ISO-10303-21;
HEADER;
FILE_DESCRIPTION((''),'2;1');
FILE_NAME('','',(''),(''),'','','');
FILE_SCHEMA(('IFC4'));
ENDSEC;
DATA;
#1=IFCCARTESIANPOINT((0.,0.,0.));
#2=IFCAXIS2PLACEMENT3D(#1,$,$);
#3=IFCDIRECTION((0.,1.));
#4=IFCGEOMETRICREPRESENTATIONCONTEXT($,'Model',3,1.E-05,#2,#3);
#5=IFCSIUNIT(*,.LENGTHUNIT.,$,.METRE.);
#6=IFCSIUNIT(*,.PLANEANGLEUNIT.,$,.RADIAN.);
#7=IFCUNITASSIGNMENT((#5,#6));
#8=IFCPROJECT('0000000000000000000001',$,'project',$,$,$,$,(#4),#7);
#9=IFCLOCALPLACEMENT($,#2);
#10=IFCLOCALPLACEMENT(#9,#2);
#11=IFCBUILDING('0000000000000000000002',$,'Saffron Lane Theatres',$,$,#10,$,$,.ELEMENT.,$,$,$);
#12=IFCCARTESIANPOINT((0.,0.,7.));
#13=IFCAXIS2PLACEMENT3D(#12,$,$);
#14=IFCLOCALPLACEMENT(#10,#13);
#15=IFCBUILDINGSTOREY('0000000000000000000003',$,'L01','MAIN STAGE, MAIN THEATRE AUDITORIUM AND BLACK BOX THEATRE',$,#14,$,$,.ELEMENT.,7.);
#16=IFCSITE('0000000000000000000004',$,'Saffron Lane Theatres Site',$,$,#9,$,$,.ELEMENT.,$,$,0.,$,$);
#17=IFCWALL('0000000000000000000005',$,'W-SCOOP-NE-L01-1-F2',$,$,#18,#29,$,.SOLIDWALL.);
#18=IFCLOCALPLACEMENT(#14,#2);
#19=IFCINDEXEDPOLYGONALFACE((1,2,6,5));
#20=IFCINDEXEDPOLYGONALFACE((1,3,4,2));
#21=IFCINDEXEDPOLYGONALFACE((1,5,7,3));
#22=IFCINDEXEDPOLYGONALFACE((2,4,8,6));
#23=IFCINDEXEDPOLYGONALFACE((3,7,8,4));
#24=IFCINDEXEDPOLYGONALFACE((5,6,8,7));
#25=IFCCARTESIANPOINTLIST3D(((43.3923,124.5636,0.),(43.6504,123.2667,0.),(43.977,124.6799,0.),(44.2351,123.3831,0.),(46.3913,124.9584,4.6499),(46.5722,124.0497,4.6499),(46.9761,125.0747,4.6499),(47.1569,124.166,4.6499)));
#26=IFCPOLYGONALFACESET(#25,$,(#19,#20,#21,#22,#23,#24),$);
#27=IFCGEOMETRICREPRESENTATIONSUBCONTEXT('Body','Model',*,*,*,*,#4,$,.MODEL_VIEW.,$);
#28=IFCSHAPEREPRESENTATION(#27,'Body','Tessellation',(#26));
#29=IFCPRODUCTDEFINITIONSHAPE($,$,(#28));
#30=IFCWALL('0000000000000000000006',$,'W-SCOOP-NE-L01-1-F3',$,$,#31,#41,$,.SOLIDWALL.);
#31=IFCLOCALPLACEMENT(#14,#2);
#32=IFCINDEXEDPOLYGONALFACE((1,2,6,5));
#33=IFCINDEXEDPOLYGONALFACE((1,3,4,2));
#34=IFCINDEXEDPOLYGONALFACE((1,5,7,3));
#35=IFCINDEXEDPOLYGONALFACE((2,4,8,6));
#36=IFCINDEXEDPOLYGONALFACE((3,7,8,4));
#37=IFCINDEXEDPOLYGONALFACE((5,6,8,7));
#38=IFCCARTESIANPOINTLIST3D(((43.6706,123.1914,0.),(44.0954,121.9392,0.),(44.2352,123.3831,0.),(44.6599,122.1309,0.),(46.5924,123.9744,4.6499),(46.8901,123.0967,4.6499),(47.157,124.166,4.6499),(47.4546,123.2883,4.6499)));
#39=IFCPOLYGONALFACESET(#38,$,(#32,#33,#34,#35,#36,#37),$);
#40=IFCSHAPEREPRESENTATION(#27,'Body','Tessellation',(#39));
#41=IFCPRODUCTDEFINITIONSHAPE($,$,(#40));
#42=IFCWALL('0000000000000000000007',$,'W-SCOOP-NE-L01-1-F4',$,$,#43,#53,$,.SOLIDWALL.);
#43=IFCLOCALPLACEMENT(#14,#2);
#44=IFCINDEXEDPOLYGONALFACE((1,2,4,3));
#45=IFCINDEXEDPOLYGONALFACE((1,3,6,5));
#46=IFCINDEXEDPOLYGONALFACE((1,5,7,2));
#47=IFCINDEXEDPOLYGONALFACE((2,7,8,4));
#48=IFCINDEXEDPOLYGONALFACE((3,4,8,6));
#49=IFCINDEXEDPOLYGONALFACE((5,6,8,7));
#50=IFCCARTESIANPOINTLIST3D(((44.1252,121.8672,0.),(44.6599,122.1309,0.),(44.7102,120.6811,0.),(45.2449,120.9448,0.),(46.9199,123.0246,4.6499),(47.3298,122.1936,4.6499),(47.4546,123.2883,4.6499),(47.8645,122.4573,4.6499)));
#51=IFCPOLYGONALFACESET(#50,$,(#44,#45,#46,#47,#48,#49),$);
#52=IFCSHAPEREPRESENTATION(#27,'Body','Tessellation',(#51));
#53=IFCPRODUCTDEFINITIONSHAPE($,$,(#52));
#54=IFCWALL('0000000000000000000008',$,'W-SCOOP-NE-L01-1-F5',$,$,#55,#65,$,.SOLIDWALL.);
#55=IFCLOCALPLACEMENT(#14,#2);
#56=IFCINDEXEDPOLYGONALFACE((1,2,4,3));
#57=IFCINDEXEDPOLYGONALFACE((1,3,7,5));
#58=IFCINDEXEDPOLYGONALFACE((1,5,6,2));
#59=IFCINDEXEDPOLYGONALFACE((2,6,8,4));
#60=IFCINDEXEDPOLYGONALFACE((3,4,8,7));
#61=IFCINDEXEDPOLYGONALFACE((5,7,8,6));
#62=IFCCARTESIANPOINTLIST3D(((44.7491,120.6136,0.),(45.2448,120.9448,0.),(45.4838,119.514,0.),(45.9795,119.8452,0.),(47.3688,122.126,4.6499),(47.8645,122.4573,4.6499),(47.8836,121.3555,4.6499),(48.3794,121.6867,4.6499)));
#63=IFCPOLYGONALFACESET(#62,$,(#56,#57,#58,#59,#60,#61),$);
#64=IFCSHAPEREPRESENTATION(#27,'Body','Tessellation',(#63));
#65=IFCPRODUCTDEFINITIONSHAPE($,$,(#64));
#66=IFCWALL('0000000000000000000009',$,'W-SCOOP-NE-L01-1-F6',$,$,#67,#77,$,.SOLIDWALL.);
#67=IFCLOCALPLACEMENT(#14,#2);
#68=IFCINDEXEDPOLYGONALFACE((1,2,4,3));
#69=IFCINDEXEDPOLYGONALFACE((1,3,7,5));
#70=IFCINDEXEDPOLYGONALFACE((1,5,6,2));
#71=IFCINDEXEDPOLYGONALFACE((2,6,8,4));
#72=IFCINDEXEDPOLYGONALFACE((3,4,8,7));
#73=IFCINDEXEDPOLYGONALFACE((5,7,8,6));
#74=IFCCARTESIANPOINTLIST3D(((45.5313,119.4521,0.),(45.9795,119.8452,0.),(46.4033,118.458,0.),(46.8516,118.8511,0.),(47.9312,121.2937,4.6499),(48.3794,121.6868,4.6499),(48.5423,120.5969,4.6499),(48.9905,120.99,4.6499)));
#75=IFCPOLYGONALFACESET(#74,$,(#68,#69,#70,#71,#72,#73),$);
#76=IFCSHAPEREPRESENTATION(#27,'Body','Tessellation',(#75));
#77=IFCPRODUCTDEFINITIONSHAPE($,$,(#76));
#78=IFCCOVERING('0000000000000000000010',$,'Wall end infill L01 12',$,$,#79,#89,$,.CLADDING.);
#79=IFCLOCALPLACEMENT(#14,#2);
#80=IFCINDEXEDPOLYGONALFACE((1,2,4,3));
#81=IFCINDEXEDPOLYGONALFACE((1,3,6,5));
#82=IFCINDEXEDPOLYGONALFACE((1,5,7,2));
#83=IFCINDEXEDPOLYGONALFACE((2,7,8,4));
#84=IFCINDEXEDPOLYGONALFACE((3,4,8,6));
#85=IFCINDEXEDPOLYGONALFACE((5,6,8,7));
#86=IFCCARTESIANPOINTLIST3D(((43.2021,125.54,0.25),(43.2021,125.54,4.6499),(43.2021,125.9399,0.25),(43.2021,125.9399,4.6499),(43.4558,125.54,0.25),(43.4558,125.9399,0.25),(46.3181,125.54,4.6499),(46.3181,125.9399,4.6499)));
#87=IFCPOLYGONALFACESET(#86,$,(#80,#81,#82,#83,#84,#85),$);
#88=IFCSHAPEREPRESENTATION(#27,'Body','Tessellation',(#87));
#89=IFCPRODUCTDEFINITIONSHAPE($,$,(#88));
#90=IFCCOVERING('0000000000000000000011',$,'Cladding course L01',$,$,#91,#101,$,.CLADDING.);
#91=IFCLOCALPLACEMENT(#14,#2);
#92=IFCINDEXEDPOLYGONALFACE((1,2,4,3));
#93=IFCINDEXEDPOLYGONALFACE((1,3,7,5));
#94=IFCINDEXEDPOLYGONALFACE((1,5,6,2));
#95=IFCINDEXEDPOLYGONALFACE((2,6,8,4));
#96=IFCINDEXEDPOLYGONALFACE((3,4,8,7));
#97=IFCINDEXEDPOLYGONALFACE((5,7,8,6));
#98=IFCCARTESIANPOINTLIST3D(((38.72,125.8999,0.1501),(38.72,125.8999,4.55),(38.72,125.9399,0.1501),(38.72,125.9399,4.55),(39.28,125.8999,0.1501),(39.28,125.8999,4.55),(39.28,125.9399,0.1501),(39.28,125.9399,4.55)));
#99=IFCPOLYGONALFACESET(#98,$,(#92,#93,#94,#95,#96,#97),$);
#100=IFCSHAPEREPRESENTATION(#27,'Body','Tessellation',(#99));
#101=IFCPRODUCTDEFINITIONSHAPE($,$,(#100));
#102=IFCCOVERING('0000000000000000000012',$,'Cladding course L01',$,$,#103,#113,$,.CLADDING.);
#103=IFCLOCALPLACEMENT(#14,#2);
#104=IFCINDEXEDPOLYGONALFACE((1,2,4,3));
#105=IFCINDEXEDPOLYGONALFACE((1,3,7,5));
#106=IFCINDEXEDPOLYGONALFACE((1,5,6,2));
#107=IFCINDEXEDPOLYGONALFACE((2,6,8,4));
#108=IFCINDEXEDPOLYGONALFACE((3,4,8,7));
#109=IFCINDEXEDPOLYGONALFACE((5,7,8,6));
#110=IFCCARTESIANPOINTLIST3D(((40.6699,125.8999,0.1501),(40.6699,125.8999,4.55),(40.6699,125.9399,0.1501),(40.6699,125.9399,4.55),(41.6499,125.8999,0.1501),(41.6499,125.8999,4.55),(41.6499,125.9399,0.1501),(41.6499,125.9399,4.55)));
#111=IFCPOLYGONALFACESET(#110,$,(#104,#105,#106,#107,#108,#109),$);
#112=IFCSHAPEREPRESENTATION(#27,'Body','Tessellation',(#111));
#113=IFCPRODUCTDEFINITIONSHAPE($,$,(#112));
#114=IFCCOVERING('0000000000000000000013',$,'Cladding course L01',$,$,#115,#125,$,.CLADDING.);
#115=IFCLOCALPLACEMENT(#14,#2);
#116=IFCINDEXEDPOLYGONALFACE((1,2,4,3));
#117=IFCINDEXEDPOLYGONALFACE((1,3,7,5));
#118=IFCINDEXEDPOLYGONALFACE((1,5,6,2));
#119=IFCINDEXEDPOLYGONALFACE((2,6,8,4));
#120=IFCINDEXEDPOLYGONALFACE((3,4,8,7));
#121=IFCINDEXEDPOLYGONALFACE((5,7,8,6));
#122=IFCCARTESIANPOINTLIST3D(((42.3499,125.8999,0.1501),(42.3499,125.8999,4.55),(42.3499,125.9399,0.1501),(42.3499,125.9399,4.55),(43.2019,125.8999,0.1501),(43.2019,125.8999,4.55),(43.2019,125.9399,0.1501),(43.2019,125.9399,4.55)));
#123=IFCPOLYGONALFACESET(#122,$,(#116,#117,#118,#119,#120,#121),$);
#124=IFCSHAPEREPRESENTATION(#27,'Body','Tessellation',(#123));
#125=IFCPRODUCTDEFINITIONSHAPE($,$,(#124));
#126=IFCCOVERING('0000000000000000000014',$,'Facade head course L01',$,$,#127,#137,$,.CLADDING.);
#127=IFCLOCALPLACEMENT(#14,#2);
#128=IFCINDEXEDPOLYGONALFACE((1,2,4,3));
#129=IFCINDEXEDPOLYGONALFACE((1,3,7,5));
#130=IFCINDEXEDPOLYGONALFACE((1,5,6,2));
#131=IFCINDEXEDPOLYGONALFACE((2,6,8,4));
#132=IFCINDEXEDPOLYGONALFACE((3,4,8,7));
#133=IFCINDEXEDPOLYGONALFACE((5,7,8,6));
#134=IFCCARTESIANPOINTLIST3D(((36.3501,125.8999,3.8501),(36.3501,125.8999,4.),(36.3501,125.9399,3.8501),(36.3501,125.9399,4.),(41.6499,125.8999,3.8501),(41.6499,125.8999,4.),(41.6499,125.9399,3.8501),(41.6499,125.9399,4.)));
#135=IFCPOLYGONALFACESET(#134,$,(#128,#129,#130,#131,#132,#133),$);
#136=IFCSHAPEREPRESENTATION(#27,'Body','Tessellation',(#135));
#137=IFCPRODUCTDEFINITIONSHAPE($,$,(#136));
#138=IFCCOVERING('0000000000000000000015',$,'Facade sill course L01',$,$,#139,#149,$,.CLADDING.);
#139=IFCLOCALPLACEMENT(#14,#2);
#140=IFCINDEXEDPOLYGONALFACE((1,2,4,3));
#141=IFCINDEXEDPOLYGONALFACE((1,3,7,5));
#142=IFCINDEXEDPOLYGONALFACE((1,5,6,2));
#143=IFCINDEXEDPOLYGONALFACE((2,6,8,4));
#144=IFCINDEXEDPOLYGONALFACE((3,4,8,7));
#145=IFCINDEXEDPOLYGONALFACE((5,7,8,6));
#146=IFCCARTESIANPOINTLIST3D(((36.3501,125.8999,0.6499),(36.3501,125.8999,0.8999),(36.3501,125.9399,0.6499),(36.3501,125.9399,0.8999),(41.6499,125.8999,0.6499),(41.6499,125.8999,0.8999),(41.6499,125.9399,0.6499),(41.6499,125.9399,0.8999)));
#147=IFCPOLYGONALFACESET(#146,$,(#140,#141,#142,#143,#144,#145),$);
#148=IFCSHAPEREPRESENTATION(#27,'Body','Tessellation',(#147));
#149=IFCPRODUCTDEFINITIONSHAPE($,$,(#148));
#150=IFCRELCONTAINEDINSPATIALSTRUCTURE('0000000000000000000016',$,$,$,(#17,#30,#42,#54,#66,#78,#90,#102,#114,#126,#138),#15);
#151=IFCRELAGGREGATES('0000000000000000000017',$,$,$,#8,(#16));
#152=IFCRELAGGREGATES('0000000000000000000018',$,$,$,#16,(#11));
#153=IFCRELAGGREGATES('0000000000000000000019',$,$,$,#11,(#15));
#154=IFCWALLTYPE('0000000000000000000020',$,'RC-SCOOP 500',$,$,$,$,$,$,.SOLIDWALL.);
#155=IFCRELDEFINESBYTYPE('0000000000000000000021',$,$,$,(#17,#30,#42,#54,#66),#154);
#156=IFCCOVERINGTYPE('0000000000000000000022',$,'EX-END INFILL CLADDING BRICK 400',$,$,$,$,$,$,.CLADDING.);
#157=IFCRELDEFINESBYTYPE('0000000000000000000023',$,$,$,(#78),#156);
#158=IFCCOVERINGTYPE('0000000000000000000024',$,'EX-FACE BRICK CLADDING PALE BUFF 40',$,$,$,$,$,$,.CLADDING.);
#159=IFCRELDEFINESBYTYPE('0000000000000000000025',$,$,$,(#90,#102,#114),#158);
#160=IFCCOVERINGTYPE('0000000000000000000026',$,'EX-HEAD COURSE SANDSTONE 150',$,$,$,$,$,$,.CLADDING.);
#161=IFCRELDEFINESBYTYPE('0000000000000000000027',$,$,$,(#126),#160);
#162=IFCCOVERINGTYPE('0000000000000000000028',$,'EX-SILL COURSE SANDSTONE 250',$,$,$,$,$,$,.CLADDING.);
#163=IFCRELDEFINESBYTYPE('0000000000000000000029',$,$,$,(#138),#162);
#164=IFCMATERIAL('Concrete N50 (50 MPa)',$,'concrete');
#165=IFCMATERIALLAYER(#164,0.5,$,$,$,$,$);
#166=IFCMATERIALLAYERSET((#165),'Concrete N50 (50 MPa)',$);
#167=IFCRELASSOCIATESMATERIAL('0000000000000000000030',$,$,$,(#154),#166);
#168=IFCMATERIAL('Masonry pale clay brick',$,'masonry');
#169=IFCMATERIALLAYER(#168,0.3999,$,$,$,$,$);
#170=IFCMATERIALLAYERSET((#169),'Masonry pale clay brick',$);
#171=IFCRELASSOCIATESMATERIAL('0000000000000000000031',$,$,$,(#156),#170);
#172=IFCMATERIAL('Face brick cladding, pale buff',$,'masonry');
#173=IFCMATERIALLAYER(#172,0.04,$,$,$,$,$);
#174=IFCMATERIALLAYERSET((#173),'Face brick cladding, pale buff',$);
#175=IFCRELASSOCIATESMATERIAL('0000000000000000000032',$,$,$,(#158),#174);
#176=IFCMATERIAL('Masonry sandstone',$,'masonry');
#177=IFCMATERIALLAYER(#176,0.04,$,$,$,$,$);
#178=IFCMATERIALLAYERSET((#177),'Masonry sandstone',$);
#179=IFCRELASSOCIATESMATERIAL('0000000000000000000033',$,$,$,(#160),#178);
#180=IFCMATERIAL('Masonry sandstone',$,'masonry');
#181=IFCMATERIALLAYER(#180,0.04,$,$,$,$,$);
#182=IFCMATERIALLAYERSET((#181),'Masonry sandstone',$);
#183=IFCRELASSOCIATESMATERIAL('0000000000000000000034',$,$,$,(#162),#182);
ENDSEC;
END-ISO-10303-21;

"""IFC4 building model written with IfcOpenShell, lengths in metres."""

from ifc_helpers import new_model, si_unit, direction, frame, origin, origin_2d, place, context, subcontext, project, spatial, polyline, rectangle, outline, extrude, material, layer, layer_set, type_object, element, save


model = new_model("IFC4")

# Units and contexts
model_context = context("Model", 3, precision=1e-05, world=origin(), true_north=direction((0.0, 1.0)))
body_context = subcontext(model_context, "Body", "Model", "MODEL_VIEW")
ifc_project = project(units=[si_unit("LENGTHUNIT", "METRE"), si_unit("PLANEANGLEUNIT", "RADIAN")], contexts=[model_context])

# Site, building, storey
site_placement = place(None, origin())
site = spatial("IfcSite", under=ifc_project, at=site_placement, Name="Saffron Lane Theatres Site", CompositionType="ELEMENT", RefElevation=0.0)
building_placement = place(site_placement, origin())
building = spatial("IfcBuilding", under=site, at=building_placement, Name="Saffron Lane Theatres", CompositionType="ELEMENT")
storey_placement = place(building_placement, frame((0.0, 0.0, 7.0)))
storey = spatial("IfcBuildingStorey", under=building, at=storey_placement, Name="L01", Description="MAIN STAGE, MAIN THEATRE AUDITORIUM AND BLACK BOX THEATRE", CompositionType="ELEMENT", Elevation=7.0)

# Walls
ifc_material_1 = material(Name="Concrete N50 (50 MPa)", Category="concrete")
ifc_layer_1 = layer(ifc_material_1, 0.5)
ifc_layer_set_1 = layer_set([ifc_layer_1], Name="Concrete N50 (50 MPa)")
wall_type_1 = type_object("IfcWallType", Name="RC-SCOOP 500", PredefinedType="SOLIDWALL", material=ifc_layer_set_1)
wall_1_placement = place(storey_placement, frame((44.2351, 123.3831, 0.0), z_axis=(-0.822638, -0.163726, 0.544482), x_axis=(-0.195186, 0.980766, 0.000019)))
element("IfcWall", 1, at=wall_1_placement, inside=storey, type_object=wall_type_1, Name="W-SCOOP-NE-L01-1-F2", PredefinedType="SOLIDWALL", context=body_context, shape_type="SweptSolid", body=[
    extrude(outline(polyline([(0.0, 0.0), (1.3223, 0.0), (1.1242, -5.5437), (0.1977, -5.5437), (0.0, 0.0)])), origin(), (0.000097, 0.544482, 0.838772), 0.5962),
])
wall_2_placement = place(storey_placement, frame((44.6599, 122.1309, 0.0), z_axis=(-0.794325, -0.269418, 0.544483), x_axis=(-0.321223, 0.947004, -0.000028)))
element("IfcWall", 2, at=wall_2_placement, inside=storey, type_object=wall_type_1, Name="W-SCOOP-NE-L01-1-F3", PredefinedType="SOLIDWALL", context=body_context, shape_type="SweptSolid", body=[
    extrude(outline(polyline([(0.0, 0.0), (1.3223, 0.0), (1.1251, -5.5437), (0.1983, -5.5437), (0.0, 0.0)])), origin(), (-0.000228, 0.544483, 0.838772), 0.5962),
])
wall_3_placement = place(storey_placement, frame((45.2449, 120.9448, 0.0), z_axis=(-0.752252, -0.371027, 0.544478), x_axis=(-0.442341, 0.896847, 0.000005)))
element("IfcWall", 3, at=wall_3_placement, inside=storey, type_object=wall_type_1, Name="W-SCOOP-NE-L01-1-F4", PredefinedType="SOLIDWALL", context=body_context, shape_type="SweptSolid", body=[
    extrude(outline(polyline([(0.0, 0.0), (1.3224, 0.0), (1.1243, -5.5437), (0.1977, -5.5437), (0.0, 0.0)])), origin(), (0.000058, 0.544478, 0.838775), 0.5962),
])
wall_4_placement = place(storey_placement, frame((45.9795, 119.8452, 0.0), z_axis=(-0.697421, -0.465979, 0.544487), x_axis=(-0.555539, 0.83149, 0.000023)))
element("IfcWall", 4, at=wall_4_placement, inside=storey, type_object=wall_type_1, Name="W-SCOOP-NE-L01-1-F5", PredefinedType="SOLIDWALL", context=body_context, shape_type="SweptSolid", body=[
    extrude(outline(polyline([(0.0, 0.0), (1.3224, 0.0), (1.1248, -5.5437), (0.1981, -5.5438), (0.0, 0.0)])), origin(), (-0.000037, 0.544487, 0.838769), 0.5962),
])
wall_5_placement = place(storey_placement, frame((46.8516, 118.8511, 0.0), z_axis=(-0.630572, -0.553094, 0.544487), x_axis=(-0.659421, 0.751774, -0.000021)))
element("IfcWall", 5, at=wall_5_placement, inside=storey, type_object=wall_type_1, Name="W-SCOOP-NE-L01-1-F6", PredefinedType="SOLIDWALL", context=body_context, shape_type="SweptSolid", body=[
    extrude(outline(polyline([(0.0, 0.0), (1.3224, 0.0), (1.1242, -5.5437), (0.1974, -5.5437), (0.0, 0.0)])), origin(), (0.0001, 0.544487, 0.838769), 0.5962),
])

# Coverings
ifc_material_2 = material(Name="Masonry pale clay brick", Category="masonry")
ifc_layer_2 = layer(ifc_material_2, 0.3999)
ifc_layer_set_2 = layer_set([ifc_layer_2], Name="Masonry pale clay brick")
covering_type_1 = type_object("IfcCoveringType", Name="EX-END INFILL CLADDING BRICK 400", PredefinedType="CLADDING", material=ifc_layer_set_2)
covering_1_placement = place(storey_placement, frame((43.2021, 125.9399, 0.25), z_axis=(0.0, 1.0, 0.0), x_axis=(0.0, 0.0, 1.0)))
element("IfcCovering", 6, at=covering_1_placement, inside=storey, type_object=covering_type_1, Name="Wall end infill L01 12", PredefinedType="CLADDING", context=body_context, shape_type="SweptSolid", body=[
    extrude(outline(polyline([(0.0, 0.0), (4.3999, 0.0), (4.3999, 3.116), (0.0, 0.2537), (0.0, 0.0)])), origin(), (0.0, 0.0, -1.0), 0.3999),
])
ifc_material_3 = material(Name="Face brick cladding, pale buff", Category="masonry")
ifc_layer_3 = layer(ifc_material_3, 0.04)
ifc_layer_set_3 = layer_set([ifc_layer_3], Name="Face brick cladding, pale buff")
covering_type_2 = type_object("IfcCoveringType", Name="EX-FACE BRICK CLADDING PALE BUFF 40", PredefinedType="CLADDING", material=ifc_layer_set_3)
covering_2_placement = place(storey_placement, frame((39.0, 125.9199, 0.1501), z_axis=(0.0, 0.0, 1.0), x_axis=(1.0, 0.0, 0.0)))
element("IfcCovering", 7, at=covering_2_placement, inside=storey, type_object=covering_type_2, Name="Cladding course L01", PredefinedType="CLADDING", context=body_context, shape_type="SweptSolid", body=[
    extrude(rectangle(XDim=0.5601, YDim=0.04, at=origin_2d()), origin(), (0.0, 0.0, 1.0), 4.3999),
])
covering_3_placement = place(storey_placement, frame((41.1599, 125.9199, 0.1501), z_axis=(0.0, 0.0, 1.0), x_axis=(1.0, 0.0, 0.0)))
element("IfcCovering", 8, at=covering_3_placement, inside=storey, type_object=covering_type_2, Name="Cladding course L01", PredefinedType="CLADDING", context=body_context, shape_type="SweptSolid", body=[
    extrude(rectangle(XDim=0.98, YDim=0.04, at=origin_2d()), origin(), (0.0, 0.0, 1.0), 4.3999),
])
covering_4_placement = place(storey_placement, frame((42.7759, 125.9199, 0.1501), z_axis=(0.0, 0.0, 1.0), x_axis=(1.0, 0.0, 0.0)))
element("IfcCovering", 9, at=covering_4_placement, inside=storey, type_object=covering_type_2, Name="Cladding course L01", PredefinedType="CLADDING", context=body_context, shape_type="SweptSolid", body=[
    extrude(rectangle(XDim=0.8521, YDim=0.04, at=origin_2d()), origin(), (0.0, 0.0, 1.0), 4.3999),
])
ifc_material_4 = material(Name="Masonry sandstone", Category="masonry")
ifc_layer_4 = layer(ifc_material_4, 0.04)
ifc_layer_set_4 = layer_set([ifc_layer_4], Name="Masonry sandstone")
covering_type_3 = type_object("IfcCoveringType", Name="EX-HEAD COURSE SANDSTONE 150", PredefinedType="CLADDING", material=ifc_layer_set_4)
covering_5_placement = place(storey_placement, frame((39.0, 125.9199, 3.8501), z_axis=(0.0, 0.0, 1.0), x_axis=(1.0, 0.0, 0.0)))
element("IfcCovering", 10, at=covering_5_placement, inside=storey, type_object=covering_type_3, Name="Facade head course L01", PredefinedType="CLADDING", context=body_context, shape_type="SweptSolid", body=[
    extrude(rectangle(XDim=5.2998, YDim=0.04, at=origin_2d()), origin(), (0.0, 0.0, 1.0), 0.1499),
])
ifc_material_5 = material(Name="Masonry sandstone", Category="masonry")
ifc_layer_5 = layer(ifc_material_5, 0.04)
ifc_layer_set_5 = layer_set([ifc_layer_5], Name="Masonry sandstone")
covering_type_4 = type_object("IfcCoveringType", Name="EX-SILL COURSE SANDSTONE 250", PredefinedType="CLADDING", material=ifc_layer_set_5)
covering_6_placement = place(storey_placement, frame((39.0, 125.9199, 0.6499), z_axis=(0.0, 0.0, 1.0), x_axis=(1.0, 0.0, 0.0)))
element("IfcCovering", 11, at=covering_6_placement, inside=storey, type_object=covering_type_4, Name="Facade sill course L01", PredefinedType="CLADDING", context=body_context, shape_type="SweptSolid", body=[
    extrude(rectangle(XDim=5.2998, YDim=0.04, at=origin_2d()), origin(), (0.0, 0.0, 1.0), 0.25),
])

save(model, "model.ifc")
